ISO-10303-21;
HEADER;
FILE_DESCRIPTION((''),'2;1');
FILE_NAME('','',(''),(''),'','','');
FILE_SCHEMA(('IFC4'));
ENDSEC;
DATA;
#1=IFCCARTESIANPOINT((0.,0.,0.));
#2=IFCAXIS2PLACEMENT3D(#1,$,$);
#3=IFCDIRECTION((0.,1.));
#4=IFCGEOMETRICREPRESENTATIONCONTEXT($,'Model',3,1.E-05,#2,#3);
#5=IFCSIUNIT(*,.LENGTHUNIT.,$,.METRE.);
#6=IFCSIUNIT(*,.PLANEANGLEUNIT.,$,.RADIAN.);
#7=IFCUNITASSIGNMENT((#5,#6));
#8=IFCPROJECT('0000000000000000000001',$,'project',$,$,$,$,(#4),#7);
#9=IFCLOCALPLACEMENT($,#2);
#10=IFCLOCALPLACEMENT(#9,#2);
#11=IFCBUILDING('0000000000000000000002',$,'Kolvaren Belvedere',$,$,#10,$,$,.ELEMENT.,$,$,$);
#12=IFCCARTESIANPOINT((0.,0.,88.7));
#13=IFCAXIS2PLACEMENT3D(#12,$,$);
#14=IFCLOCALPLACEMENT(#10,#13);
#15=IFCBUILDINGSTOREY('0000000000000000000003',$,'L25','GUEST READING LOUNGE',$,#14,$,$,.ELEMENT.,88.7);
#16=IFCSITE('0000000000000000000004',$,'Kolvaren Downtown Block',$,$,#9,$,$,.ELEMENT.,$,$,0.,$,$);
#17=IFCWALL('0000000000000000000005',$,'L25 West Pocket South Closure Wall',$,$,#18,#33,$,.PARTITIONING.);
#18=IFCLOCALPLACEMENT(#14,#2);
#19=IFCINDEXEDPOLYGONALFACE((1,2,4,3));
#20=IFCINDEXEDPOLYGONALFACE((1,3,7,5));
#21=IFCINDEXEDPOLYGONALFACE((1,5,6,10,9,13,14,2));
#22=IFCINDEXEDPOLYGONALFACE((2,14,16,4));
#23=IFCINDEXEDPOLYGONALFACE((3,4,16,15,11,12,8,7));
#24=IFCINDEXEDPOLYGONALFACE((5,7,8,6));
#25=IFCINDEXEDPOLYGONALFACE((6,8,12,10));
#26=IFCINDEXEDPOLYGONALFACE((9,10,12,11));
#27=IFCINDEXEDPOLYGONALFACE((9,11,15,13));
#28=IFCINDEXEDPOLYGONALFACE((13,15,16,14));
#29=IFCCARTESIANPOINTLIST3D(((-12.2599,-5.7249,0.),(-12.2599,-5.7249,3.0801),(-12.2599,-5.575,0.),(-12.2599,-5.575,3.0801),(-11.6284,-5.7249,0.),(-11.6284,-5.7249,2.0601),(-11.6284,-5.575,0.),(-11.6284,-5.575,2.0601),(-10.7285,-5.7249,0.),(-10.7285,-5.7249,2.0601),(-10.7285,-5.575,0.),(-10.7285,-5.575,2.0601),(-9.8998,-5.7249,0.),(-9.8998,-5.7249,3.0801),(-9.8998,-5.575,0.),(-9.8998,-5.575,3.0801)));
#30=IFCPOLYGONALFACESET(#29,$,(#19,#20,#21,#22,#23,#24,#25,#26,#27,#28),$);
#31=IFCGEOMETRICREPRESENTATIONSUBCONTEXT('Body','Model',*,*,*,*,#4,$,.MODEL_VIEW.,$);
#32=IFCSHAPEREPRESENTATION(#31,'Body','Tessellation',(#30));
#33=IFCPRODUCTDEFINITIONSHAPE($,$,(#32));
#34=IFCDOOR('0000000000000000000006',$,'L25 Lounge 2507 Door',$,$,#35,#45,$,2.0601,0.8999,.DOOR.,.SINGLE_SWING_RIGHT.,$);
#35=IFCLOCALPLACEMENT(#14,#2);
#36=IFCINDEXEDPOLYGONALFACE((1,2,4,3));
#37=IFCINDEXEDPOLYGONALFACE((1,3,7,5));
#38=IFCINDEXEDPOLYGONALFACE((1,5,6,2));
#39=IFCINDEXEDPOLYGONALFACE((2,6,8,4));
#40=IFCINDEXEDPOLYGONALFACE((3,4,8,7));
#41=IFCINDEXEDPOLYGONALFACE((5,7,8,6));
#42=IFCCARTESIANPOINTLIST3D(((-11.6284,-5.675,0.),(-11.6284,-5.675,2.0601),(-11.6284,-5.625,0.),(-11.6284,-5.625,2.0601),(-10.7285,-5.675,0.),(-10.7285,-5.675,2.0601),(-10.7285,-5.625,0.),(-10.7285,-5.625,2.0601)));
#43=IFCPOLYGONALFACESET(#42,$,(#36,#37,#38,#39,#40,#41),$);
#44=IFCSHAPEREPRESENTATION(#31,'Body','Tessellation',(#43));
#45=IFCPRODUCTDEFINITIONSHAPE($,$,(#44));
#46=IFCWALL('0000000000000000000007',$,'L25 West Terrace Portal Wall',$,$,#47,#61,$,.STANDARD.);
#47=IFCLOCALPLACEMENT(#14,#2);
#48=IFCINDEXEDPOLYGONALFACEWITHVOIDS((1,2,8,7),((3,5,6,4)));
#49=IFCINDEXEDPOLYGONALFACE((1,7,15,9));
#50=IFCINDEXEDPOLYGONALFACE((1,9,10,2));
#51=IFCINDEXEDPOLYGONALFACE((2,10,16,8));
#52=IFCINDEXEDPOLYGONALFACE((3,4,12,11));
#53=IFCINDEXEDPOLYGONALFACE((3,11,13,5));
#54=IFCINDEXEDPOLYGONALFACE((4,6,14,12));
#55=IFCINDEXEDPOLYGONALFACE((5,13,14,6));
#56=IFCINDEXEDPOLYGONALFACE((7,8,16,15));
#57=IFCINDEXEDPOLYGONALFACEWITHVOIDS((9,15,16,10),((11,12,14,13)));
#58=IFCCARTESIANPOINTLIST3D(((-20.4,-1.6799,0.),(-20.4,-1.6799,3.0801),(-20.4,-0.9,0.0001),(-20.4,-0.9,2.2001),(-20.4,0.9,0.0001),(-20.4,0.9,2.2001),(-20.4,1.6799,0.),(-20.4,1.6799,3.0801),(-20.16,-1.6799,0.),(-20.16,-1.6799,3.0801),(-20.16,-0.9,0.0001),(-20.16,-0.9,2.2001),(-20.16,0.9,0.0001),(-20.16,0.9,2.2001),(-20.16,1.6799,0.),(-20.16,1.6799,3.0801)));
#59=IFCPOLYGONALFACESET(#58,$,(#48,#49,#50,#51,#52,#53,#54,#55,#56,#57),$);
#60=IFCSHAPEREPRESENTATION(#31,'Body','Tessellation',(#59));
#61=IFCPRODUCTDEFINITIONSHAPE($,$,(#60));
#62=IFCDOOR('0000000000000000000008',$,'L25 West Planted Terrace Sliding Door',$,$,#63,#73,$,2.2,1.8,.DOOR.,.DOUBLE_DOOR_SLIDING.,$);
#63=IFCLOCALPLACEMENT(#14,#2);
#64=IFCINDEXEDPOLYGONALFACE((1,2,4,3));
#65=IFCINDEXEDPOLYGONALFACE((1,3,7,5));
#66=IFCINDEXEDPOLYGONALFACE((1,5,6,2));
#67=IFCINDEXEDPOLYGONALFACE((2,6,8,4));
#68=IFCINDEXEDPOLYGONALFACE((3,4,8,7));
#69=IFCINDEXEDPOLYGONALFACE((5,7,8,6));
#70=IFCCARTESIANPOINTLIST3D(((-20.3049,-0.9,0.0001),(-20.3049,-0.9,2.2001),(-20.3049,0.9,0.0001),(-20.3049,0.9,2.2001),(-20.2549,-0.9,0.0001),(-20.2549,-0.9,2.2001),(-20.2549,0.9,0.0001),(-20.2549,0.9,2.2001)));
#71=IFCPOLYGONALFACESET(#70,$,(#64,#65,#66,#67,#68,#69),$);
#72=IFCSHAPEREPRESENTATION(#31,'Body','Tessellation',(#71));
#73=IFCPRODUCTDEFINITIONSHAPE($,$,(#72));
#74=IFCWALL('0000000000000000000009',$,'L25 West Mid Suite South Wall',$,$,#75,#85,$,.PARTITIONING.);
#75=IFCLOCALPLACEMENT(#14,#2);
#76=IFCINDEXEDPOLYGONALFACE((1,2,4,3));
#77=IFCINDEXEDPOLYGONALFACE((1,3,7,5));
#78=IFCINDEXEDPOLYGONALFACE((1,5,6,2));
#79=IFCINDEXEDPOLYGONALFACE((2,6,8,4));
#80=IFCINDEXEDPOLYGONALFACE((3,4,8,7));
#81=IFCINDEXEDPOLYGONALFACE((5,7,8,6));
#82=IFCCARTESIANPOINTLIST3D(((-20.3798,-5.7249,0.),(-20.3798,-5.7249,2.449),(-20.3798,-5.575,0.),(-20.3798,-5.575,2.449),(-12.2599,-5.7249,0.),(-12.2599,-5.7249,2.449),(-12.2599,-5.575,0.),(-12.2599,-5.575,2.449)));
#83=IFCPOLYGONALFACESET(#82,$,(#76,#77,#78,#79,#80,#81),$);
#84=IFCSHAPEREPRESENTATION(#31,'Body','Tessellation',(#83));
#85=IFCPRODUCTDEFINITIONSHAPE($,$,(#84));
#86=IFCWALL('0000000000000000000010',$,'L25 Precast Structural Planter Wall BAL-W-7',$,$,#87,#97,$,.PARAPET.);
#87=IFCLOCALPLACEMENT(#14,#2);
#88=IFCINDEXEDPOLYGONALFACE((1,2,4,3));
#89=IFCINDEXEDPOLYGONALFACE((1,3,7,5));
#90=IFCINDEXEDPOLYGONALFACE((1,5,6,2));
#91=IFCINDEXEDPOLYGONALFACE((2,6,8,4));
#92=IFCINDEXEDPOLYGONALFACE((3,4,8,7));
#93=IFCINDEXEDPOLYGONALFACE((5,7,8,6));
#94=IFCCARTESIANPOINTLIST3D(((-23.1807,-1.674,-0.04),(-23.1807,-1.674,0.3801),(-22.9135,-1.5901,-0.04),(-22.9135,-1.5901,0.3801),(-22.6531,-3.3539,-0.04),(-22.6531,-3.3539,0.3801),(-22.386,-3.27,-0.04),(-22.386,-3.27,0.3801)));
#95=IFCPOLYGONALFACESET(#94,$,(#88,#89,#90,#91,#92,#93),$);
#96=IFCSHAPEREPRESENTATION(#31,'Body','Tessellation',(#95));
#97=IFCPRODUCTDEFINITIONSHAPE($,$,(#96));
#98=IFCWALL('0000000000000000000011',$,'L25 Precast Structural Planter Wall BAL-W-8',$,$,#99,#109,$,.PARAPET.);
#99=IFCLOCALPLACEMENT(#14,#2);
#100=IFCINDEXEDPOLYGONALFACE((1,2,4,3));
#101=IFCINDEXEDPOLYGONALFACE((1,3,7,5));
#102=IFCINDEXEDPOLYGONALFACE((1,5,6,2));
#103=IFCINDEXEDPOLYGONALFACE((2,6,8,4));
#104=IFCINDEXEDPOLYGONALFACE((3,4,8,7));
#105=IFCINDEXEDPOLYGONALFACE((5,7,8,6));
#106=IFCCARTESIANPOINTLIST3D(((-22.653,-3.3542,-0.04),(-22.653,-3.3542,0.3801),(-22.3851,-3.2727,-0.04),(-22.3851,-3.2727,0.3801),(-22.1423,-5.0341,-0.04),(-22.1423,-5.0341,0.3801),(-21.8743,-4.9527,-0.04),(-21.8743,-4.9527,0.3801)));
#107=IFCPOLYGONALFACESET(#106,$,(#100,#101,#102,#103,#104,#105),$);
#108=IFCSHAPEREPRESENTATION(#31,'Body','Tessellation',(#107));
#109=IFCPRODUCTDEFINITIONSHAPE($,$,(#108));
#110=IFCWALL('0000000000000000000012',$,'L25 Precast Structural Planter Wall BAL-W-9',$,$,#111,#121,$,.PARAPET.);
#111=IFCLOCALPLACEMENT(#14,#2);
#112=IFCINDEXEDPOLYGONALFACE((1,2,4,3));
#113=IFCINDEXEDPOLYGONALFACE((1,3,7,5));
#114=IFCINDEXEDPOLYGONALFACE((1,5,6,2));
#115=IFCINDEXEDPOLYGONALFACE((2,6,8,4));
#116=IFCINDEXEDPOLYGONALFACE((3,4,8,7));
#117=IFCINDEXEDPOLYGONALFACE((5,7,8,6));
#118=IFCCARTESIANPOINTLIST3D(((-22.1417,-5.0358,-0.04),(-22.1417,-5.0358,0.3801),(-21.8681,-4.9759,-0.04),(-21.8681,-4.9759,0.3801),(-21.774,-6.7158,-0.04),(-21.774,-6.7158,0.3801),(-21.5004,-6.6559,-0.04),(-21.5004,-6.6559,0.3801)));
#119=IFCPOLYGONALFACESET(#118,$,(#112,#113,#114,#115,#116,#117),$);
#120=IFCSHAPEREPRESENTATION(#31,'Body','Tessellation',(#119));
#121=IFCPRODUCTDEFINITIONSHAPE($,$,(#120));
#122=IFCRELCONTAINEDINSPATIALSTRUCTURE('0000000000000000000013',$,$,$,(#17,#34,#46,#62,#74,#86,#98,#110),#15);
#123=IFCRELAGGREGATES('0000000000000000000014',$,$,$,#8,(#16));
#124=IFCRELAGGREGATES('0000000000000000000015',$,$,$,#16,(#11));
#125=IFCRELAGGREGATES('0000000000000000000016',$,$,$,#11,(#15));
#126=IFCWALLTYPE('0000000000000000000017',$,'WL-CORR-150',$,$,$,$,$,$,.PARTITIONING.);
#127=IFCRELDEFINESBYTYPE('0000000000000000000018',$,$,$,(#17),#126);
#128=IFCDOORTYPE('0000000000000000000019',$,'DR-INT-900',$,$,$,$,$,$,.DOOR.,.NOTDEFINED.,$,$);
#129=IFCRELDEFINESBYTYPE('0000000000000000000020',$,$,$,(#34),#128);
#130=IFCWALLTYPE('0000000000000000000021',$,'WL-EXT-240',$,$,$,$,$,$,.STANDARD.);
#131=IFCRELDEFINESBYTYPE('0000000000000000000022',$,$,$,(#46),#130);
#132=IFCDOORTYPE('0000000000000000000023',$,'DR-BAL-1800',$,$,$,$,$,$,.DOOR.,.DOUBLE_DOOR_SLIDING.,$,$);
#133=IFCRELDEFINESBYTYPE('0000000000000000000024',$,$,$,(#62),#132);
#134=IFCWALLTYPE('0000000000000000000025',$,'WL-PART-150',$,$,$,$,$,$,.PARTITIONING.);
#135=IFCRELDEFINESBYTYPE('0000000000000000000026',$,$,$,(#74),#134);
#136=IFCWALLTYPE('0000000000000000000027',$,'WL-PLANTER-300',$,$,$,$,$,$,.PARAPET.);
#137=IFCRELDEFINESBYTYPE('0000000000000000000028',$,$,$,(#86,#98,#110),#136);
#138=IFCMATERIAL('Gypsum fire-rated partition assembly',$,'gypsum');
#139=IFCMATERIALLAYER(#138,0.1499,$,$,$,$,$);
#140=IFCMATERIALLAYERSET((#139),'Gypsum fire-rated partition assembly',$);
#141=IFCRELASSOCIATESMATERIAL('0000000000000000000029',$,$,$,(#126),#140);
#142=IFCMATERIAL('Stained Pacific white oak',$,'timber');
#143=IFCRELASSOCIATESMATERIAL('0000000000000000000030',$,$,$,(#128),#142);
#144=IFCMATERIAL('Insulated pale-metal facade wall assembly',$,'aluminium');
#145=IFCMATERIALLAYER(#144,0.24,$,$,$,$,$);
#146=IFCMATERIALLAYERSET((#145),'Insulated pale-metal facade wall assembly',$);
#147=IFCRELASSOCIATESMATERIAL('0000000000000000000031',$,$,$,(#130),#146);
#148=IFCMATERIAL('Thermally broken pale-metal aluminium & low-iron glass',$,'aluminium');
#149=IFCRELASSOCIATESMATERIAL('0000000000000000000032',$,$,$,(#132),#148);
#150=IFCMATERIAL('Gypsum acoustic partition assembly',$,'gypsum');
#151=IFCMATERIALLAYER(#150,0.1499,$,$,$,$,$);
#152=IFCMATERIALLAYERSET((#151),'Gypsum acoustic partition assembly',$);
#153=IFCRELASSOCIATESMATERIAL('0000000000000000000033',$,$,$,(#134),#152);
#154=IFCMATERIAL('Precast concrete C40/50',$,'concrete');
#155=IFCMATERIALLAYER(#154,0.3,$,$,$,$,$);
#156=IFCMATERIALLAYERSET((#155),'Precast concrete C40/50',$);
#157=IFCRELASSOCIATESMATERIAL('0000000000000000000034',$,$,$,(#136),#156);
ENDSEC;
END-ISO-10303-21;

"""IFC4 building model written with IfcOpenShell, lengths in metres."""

from ifc_helpers import new_model, si_unit, direction, frame, frame_2d, origin, place, context, subcontext, project, spatial, rectangle, extrude, material, layer, layer_set, type_object, element, fill, save


model = new_model("IFC4")

# Units and contexts
model_context = context("Model", 3, precision=1e-05, world=origin(), true_north=direction((0.0, 1.0)))
body_context = subcontext(model_context, "Body", "Model", "MODEL_VIEW")
ifc_project = project(units=[si_unit("LENGTHUNIT", "METRE"), si_unit("PLANEANGLEUNIT", "RADIAN")], contexts=[model_context])

# Site, building, storey
site_placement = place(None, origin())
site = spatial("IfcSite", under=ifc_project, at=site_placement, Name="Kolvaren Downtown Block", CompositionType="ELEMENT", RefElevation=0.0)
building_placement = place(site_placement, origin())
building = spatial("IfcBuilding", under=site, at=building_placement, Name="Kolvaren Belvedere", CompositionType="ELEMENT")
storey_placement = place(building_placement, frame((0.0, 0.0, 88.7)))
storey = spatial("IfcBuildingStorey", under=building, at=storey_placement, Name="L25", Description="GUEST READING LOUNGE", CompositionType="ELEMENT", Elevation=88.7)

# Walls, openings, doors
ifc_material_1 = material(Name="Gypsum fire-rated partition assembly", Category="gypsum")
ifc_layer_1 = layer(ifc_material_1, 0.1499)
ifc_layer_set_1 = layer_set([ifc_layer_1], Name="Gypsum fire-rated partition assembly")
wall_type_1 = type_object("IfcWallType", Name="WL-CORR-150", PredefinedType="PARTITIONING", material=ifc_layer_set_1)
ifc_material_2 = material(Name="Stained Pacific white oak", Category="timber")
door_type_1 = type_object("IfcDoorType", Name="DR-INT-900", OperationType="NOTDEFINED", PredefinedType="DOOR", material=ifc_material_2)
wall_1_placement = place(storey_placement, frame((-12.26, -5.6499, 0.0), z_axis=(0.0, 0.0, 1.0), x_axis=(1.0, 0.0, 0.0)))
wall_1 = element("IfcWall", 1, at=wall_1_placement, inside=storey, type_object=wall_type_1, Name="L25 West Pocket South Closure Wall", PredefinedType="PARTITIONING", context=body_context, shape_type="SweptSolid", body=[
    extrude(rectangle(XDim=2.3601, YDim=0.1499, at=frame_2d((1.1802, 0.0))), origin(), (0.0, 0.0, 1.0), 3.0801),
])
opening_1_placement = place(wall_1_placement, frame((0.6316, 0.0, 0.0)))
opening_1 = element("IfcOpeningElement", 2, at=opening_1_placement, cuts=wall_1, PredefinedType="OPENING", context=body_context, shape_type="SweptSolid", body=[
    extrude(rectangle(XDim=0.8999, YDim=2.0601, at=frame_2d((0.45, 1.03))), frame((0.0, 0.085, 0.0), z_axis=(0.0, -1.0, 0.0), x_axis=(1.0, 0.0, 0.0)), (0.0, 0.0, 1.0), 0.1699),
])
door_1_placement = place(opening_1_placement, origin())
door_1 = element("IfcDoor", 3, at=door_1_placement, inside=storey, type_object=door_type_1, Name="L25 Lounge 2507 Door", OperationType="SINGLE_SWING_RIGHT", OverallHeight=2.0601, OverallWidth=0.8999, PredefinedType="DOOR", context=body_context, shape_type="SweptSolid", body=[
    extrude(rectangle(XDim=0.8999, YDim=2.0601, at=frame_2d((0.45, 1.03))), frame((0.0, 0.0249, 0.0), z_axis=(0.0, -1.0, 0.0), x_axis=(1.0, 0.0, 0.0)), (0.0, 0.0, 1.0), 0.05),
])
fill(opening_1, door_1)
ifc_material_3 = material(Name="Insulated pale-metal facade wall assembly", Category="aluminium")
ifc_layer_2 = layer(ifc_material_3, 0.24)
ifc_layer_set_2 = layer_set([ifc_layer_2], Name="Insulated pale-metal facade wall assembly")
wall_type_2 = type_object("IfcWallType", Name="WL-EXT-240", PredefinedType="STANDARD", material=ifc_layer_set_2)
wall_2_placement = place(storey_placement, frame((-20.28, -1.6799, 0.0), z_axis=(0.0, 0.0, 1.0), x_axis=(0.0, 1.0, 0.0)))
wall_2 = element("IfcWall", 4, at=wall_2_placement, inside=storey, type_object=wall_type_2, Name="L25 West Terrace Portal Wall", PredefinedType="STANDARD", context=body_context, shape_type="SweptSolid", body=[
    extrude(rectangle(XDim=3.3599, YDim=0.24, at=frame_2d((1.6799, 0.0))), origin(), (0.0, 0.0, 1.0), 3.0801),
])
opening_2_placement = place(wall_2_placement, frame((0.78, 0.0, 0.0)))
opening_2 = element("IfcOpeningElement", 5, at=opening_2_placement, cuts=wall_2, PredefinedType="OPENING", context=body_context, shape_type="SweptSolid", body=[
    extrude(rectangle(XDim=1.8, YDim=2.2, at=frame_2d((0.8999, 1.1001))), frame((0.0, 0.1299, 0.0), z_axis=(0.0, -1.0, 0.0), x_axis=(1.0, 0.0, 0.0)), (0.0, 0.0, 1.0), 0.26),
])
ifc_material_4 = material(Name="Thermally broken pale-metal aluminium & low-iron glass", Category="aluminium")
door_type_2 = type_object("IfcDoorType", Name="DR-BAL-1800", OperationType="DOUBLE_DOOR_SLIDING", PredefinedType="DOOR", material=ifc_material_4)
door_2_placement = place(opening_2_placement, origin())
door_2 = element("IfcDoor", 6, at=door_2_placement, inside=storey, type_object=door_type_2, Name="L25 West Planted Terrace Sliding Door", OperationType="DOUBLE_DOOR_SLIDING", OverallHeight=2.2, OverallWidth=1.8, PredefinedType="DOOR", context=body_context, shape_type="SweptSolid", body=[
    extrude(rectangle(XDim=1.8, YDim=2.2, at=frame_2d((0.8999, 1.1001))), frame((0.0, 0.0249, 0.0), z_axis=(0.0, -1.0, 0.0), x_axis=(1.0, 0.0, 0.0)), (0.0, 0.0, 1.0), 0.05),
])
fill(opening_2, door_2)

# Walls
ifc_material_5 = material(Name="Gypsum acoustic partition assembly", Category="gypsum")
ifc_layer_3 = layer(ifc_material_5, 0.1499)
ifc_layer_set_3 = layer_set([ifc_layer_3], Name="Gypsum acoustic partition assembly")
wall_type_3 = type_object("IfcWallType", Name="WL-PART-150", PredefinedType="PARTITIONING", material=ifc_layer_set_3)
wall_3_placement = place(storey_placement, frame((-20.3799, -5.6499, 0.0), z_axis=(0.0, 0.0, 1.0), x_axis=(1.0, 0.0, 0.0)))
element("IfcWall", 7, at=wall_3_placement, inside=storey, type_object=wall_type_3, Name="L25 West Mid Suite South Wall", PredefinedType="PARTITIONING", context=body_context, shape_type="SweptSolid", body=[
    extrude(rectangle(XDim=8.1199, YDim=0.1499, at=frame_2d((4.0601, 0.0))), origin(), (0.0, 0.0, 1.0), 2.449),
])
ifc_material_6 = material(Name="Precast concrete C40/50", Category="concrete")
ifc_layer_4 = layer(ifc_material_6, 0.3)
ifc_layer_set_4 = layer_set([ifc_layer_4], Name="Precast concrete C40/50")
wall_type_4 = type_object("IfcWallType", Name="WL-PLANTER-300", PredefinedType="PARAPET", material=ifc_layer_set_4)
wall_4_placement = place(storey_placement, frame((-23.0471, -1.6321, -0.04), z_axis=(0.0, 0.0, 1.0), x_axis=(0.299625, -0.954057, 0.0)))
element("IfcWall", 8, at=wall_4_placement, inside=storey, type_object=wall_type_4, Name="L25 Precast Structural Planter Wall BAL-W-7", PredefinedType="PARAPET", context=body_context, shape_type="SweptSolid", body=[
    extrude(rectangle(XDim=1.7607, YDim=0.28, at=frame_2d((0.8804, 0.0))), origin(), (0.0, 0.0, 1.0), 0.4202),
])
wall_5_placement = place(storey_placement, frame((-22.519, -3.3135, -0.04), z_axis=(0.0, 0.0, 1.0), x_axis=(0.290879, -0.95676, 0.0)))
element("IfcWall", 9, at=wall_5_placement, inside=storey, type_object=wall_type_4, Name="L25 Precast Structural Planter Wall BAL-W-8", PredefinedType="PARAPET", context=body_context, shape_type="SweptSolid", body=[
    extrude(rectangle(XDim=1.7559, YDim=0.28, at=frame_2d((0.8779, 0.0))), origin(), (0.0, 0.0, 1.0), 0.4202),
])
wall_6_placement = place(storey_placement, frame((-22.0049, -5.0059, -0.04), z_axis=(0.0, 0.0, 1.0), x_axis=(0.213803, -0.976877, 0.0)))
element("IfcWall", 10, at=wall_6_placement, inside=storey, type_object=wall_type_4, Name="L25 Precast Structural Planter Wall BAL-W-9", PredefinedType="PARAPET", context=body_context, shape_type="SweptSolid", body=[
    extrude(rectangle(XDim=1.7197, YDim=0.28, at=frame_2d((0.8599, 0.0))), origin(), (0.0, 0.0, 1.0), 0.4202),
])

save(model, "model.ifc")
